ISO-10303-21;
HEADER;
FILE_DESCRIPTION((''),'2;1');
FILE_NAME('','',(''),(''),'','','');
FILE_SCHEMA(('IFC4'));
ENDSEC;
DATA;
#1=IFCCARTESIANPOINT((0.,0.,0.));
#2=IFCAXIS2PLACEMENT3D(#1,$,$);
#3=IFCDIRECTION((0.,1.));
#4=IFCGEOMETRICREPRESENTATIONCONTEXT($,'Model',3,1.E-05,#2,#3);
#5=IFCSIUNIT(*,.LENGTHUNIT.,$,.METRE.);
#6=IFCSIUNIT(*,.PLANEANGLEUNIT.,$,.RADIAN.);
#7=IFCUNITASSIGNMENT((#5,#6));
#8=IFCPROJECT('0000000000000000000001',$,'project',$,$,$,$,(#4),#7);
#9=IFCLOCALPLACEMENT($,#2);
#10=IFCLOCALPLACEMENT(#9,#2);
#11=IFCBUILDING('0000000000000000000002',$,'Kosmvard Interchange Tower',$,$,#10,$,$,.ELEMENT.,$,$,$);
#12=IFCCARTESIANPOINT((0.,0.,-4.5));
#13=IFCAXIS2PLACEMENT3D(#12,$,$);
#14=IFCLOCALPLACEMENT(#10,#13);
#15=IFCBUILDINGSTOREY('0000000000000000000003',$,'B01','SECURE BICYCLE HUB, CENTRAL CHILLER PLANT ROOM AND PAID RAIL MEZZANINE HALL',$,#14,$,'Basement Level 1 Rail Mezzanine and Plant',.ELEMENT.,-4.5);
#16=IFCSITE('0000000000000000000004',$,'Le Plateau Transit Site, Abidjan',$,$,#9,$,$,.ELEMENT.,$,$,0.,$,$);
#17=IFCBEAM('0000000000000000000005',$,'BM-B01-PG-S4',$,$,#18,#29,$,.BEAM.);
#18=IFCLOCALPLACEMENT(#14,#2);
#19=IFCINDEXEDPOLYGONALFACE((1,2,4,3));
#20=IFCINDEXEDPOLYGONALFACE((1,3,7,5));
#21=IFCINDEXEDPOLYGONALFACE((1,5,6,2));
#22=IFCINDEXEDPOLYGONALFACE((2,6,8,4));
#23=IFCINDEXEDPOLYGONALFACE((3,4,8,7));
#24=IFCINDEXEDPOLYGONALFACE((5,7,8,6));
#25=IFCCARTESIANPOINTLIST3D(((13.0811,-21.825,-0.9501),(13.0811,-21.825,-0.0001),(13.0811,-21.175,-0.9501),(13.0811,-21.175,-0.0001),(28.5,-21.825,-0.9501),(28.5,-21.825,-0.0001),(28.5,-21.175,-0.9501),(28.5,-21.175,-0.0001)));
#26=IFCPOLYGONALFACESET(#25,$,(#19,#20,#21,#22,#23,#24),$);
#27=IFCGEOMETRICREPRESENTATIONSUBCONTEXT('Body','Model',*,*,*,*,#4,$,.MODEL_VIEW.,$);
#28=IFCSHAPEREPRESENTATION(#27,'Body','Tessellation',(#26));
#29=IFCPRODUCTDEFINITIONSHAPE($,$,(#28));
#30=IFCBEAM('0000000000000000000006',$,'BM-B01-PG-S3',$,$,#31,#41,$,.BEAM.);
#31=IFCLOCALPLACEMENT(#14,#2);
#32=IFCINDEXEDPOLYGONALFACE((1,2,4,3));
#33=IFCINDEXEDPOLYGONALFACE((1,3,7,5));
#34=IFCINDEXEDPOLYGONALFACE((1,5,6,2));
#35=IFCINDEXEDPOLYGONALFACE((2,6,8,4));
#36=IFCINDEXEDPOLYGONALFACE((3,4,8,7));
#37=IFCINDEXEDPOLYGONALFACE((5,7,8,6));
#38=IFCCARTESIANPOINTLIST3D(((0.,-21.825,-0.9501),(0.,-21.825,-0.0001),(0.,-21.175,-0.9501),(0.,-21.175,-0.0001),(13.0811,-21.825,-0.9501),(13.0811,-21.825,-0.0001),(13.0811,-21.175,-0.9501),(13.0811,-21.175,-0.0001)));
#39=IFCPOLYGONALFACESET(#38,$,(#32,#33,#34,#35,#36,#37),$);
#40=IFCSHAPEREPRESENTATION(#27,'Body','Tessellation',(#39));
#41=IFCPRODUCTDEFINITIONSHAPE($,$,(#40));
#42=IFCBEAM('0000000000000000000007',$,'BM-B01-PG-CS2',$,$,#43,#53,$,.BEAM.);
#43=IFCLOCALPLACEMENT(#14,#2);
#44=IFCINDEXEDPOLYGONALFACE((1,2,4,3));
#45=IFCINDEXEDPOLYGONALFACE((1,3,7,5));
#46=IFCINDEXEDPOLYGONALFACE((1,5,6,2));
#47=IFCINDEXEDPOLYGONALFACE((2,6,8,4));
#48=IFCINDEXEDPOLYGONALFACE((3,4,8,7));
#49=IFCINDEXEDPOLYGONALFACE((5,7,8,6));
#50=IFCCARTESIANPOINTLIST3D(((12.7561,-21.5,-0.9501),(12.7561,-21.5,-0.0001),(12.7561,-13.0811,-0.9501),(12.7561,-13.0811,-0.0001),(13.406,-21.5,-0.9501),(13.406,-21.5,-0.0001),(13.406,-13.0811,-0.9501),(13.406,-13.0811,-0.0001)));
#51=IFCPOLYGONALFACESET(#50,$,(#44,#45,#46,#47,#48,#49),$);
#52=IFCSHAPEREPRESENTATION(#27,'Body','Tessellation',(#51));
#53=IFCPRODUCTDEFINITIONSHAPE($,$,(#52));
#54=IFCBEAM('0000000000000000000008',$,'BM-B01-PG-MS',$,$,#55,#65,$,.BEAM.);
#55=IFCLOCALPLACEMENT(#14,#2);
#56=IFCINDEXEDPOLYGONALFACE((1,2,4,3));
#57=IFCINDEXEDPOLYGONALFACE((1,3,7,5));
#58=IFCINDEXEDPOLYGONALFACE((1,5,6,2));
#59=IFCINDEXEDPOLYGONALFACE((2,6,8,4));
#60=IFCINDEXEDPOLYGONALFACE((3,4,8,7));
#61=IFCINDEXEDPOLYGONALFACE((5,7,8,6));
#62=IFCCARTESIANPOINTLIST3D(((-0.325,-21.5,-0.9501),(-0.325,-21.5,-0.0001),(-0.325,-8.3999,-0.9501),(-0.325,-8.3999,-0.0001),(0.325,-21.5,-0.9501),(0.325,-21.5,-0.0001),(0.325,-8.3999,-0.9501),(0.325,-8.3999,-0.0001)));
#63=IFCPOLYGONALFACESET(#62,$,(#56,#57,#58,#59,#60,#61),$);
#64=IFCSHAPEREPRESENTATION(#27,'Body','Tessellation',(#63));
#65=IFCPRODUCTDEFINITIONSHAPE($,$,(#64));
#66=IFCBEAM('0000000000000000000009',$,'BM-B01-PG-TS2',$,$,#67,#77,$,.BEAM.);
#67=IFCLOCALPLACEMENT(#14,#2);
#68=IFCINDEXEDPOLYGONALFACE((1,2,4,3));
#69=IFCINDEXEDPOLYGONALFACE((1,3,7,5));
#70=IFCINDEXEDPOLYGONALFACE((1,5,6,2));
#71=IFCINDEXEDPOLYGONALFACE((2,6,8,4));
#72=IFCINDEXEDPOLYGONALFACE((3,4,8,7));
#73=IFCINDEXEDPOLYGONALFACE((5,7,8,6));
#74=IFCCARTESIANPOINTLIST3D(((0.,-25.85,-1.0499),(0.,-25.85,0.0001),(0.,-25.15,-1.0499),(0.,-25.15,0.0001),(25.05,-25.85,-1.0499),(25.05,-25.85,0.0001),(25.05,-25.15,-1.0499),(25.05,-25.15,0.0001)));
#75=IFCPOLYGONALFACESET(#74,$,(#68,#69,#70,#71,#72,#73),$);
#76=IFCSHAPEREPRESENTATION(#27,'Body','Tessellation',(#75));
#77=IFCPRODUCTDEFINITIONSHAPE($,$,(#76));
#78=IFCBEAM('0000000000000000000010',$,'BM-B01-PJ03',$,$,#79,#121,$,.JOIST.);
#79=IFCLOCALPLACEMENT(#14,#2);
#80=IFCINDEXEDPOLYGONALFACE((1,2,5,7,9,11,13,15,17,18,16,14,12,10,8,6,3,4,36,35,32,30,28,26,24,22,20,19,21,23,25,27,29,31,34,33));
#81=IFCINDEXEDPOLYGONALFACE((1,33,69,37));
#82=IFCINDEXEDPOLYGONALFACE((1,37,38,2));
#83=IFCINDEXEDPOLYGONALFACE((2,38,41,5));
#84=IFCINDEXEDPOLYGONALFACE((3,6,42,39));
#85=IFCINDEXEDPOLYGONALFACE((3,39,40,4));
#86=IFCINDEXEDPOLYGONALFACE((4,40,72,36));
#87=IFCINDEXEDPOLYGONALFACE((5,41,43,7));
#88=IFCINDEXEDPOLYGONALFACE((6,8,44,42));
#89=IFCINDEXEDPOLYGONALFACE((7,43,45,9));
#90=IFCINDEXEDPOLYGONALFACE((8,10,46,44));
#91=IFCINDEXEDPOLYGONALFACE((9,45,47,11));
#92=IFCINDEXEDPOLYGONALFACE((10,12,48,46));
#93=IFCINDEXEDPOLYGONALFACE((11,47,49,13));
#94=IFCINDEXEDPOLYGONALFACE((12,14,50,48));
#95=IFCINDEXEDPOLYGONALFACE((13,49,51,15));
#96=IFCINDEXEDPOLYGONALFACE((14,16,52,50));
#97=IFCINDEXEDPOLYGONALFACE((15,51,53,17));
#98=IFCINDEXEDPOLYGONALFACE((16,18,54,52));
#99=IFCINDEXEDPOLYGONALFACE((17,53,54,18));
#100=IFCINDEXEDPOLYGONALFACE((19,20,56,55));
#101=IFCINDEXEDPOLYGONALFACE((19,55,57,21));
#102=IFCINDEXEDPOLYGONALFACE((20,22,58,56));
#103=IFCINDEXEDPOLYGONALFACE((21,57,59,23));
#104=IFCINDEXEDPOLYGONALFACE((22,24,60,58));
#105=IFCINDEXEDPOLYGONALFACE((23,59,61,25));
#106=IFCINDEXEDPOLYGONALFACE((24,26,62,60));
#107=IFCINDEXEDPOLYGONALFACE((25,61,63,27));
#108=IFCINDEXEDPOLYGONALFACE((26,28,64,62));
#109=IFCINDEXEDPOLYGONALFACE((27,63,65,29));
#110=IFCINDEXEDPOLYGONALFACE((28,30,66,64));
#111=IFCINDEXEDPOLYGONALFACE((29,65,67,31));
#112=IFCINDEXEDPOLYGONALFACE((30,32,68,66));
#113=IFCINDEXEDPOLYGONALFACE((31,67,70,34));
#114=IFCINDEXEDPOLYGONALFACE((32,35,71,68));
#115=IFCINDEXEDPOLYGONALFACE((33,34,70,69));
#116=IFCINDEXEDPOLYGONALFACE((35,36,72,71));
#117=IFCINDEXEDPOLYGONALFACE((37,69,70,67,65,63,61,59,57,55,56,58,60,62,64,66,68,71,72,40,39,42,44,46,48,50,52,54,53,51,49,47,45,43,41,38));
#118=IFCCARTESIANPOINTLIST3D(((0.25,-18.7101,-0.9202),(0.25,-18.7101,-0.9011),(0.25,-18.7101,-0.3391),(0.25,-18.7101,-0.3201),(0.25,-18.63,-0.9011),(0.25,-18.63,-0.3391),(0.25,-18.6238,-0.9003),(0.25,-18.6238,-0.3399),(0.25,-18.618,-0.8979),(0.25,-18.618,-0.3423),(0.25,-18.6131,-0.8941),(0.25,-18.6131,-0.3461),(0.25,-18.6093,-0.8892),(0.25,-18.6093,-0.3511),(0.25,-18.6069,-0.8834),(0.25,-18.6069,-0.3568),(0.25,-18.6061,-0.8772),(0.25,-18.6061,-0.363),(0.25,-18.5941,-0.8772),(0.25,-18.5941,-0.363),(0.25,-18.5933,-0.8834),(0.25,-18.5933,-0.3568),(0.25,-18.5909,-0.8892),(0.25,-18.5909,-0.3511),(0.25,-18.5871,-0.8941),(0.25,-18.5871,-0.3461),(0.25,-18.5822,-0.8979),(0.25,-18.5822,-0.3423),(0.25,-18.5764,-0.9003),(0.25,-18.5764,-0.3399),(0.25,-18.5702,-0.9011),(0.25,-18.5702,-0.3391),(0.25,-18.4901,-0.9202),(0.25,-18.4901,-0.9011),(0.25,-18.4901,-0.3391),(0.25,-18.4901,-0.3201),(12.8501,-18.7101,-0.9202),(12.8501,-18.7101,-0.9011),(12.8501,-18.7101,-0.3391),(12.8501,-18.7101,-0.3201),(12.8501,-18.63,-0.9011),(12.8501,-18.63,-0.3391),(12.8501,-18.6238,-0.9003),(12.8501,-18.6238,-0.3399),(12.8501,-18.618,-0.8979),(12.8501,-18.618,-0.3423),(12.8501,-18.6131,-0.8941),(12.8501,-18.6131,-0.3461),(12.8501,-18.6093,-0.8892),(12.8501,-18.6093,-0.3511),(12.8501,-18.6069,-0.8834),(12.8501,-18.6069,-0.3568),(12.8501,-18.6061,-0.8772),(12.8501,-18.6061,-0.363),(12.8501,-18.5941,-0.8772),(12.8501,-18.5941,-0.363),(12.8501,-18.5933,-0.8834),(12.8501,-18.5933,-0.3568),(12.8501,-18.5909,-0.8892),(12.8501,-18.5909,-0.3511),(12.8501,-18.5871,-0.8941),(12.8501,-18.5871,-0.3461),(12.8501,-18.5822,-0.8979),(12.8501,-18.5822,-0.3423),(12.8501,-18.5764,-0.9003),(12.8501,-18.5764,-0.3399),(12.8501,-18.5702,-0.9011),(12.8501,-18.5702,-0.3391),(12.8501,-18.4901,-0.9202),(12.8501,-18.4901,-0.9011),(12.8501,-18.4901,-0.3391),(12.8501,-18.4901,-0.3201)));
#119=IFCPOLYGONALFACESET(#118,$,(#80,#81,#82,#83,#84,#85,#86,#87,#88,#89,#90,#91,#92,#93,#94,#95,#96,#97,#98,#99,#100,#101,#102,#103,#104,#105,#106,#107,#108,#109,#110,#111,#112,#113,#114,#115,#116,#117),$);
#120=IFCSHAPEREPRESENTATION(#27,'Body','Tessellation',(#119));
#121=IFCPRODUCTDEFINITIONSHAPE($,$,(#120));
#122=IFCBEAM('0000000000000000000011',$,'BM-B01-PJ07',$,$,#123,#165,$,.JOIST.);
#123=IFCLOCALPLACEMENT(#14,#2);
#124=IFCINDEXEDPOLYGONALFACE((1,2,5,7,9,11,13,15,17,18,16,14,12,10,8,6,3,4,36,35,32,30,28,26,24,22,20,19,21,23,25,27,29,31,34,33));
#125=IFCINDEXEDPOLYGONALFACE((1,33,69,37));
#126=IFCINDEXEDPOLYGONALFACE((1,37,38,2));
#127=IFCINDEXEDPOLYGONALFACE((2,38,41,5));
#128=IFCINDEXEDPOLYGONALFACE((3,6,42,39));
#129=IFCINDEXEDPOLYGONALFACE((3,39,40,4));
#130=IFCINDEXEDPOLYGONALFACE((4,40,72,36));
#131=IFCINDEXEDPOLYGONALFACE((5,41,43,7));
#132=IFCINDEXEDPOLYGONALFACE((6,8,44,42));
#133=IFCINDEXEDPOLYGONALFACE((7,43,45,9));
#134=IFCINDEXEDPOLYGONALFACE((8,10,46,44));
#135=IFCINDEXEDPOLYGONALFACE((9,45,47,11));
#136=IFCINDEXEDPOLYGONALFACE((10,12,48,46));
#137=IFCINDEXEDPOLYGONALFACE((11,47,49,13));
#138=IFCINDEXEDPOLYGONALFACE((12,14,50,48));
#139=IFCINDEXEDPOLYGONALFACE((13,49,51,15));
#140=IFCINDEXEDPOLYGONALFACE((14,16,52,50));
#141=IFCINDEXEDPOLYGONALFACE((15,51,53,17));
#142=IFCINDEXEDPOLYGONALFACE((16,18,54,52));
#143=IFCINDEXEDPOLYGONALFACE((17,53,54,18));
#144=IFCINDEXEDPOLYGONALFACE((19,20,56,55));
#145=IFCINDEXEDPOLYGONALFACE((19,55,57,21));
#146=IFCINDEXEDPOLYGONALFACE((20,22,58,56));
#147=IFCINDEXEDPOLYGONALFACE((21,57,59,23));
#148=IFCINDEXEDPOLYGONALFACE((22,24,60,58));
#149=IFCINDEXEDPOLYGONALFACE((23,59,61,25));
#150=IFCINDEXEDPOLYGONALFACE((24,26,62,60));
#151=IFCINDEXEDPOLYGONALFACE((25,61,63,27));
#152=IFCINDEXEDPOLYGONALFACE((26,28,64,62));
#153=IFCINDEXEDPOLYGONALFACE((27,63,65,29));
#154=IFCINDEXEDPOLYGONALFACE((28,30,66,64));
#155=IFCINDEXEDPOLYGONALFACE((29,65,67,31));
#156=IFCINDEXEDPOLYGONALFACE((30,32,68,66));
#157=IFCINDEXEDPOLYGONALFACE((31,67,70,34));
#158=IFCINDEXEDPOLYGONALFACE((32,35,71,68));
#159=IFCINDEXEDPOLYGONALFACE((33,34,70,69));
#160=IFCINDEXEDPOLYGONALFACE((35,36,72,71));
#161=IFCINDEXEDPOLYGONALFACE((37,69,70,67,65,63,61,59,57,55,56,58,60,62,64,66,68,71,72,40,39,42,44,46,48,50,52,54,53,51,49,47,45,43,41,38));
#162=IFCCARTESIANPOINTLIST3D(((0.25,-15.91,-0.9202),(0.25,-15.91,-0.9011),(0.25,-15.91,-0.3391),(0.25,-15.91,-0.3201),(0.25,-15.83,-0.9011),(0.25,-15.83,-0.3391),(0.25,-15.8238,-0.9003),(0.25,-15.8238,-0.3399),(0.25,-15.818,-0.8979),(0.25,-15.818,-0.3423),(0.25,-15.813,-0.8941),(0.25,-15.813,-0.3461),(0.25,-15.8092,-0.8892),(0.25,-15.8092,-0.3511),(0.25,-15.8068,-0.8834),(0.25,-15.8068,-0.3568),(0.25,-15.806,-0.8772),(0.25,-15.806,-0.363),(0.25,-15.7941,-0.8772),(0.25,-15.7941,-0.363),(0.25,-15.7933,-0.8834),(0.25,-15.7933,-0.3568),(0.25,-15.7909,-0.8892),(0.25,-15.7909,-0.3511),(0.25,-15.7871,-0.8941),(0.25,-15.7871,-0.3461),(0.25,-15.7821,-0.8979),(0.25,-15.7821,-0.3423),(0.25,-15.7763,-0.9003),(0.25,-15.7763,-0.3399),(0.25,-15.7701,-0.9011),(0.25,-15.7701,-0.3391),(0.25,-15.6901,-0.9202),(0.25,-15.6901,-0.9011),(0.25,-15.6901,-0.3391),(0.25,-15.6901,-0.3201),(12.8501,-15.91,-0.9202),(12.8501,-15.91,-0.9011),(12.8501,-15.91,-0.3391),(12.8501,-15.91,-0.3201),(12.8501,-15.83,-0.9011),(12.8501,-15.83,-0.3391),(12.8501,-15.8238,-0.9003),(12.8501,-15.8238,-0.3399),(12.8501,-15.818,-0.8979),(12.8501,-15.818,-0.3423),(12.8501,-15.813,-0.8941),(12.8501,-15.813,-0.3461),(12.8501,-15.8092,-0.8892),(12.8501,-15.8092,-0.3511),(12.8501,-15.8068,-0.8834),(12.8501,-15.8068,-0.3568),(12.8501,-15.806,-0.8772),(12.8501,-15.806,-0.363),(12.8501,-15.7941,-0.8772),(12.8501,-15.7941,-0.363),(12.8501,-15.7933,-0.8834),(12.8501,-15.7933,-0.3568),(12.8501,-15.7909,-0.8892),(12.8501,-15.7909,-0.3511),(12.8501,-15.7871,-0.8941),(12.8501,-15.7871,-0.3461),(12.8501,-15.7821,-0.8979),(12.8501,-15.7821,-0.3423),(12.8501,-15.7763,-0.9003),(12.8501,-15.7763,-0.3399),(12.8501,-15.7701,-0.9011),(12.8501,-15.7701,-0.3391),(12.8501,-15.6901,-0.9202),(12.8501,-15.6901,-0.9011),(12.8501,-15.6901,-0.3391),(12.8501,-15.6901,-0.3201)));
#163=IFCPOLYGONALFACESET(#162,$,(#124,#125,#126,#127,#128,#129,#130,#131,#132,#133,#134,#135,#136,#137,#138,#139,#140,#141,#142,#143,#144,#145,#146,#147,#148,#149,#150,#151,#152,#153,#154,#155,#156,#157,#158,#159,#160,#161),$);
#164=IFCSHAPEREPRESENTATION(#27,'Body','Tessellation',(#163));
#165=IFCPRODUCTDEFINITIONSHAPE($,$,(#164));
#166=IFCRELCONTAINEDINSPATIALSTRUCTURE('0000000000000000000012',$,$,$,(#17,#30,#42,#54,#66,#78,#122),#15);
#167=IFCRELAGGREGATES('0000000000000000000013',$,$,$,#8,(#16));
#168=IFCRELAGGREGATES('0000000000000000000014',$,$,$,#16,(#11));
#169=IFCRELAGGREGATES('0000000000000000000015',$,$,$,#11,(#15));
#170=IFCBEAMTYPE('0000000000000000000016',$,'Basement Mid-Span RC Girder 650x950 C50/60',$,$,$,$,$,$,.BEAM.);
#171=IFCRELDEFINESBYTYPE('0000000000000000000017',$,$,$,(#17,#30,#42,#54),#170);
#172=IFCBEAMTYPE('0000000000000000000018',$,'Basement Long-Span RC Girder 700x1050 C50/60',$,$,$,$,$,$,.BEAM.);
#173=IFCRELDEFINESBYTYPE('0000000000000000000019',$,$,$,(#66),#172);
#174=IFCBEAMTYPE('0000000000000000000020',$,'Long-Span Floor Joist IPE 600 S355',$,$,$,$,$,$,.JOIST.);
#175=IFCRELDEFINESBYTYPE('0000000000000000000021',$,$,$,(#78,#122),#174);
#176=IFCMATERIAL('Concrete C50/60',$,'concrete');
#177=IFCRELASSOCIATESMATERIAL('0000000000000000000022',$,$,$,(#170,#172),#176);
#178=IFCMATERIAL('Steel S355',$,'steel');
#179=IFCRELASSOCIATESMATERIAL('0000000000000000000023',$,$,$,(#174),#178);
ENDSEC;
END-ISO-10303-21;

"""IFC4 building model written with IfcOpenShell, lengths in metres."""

from ifc_helpers import new_model, si_unit, direction, frame, origin, origin_2d, place, context, subcontext, project, spatial, rectangle, i_section, extrude, source, transform, mapped, material, material_profile, profile_set, type_object, element, save


model = new_model("IFC4")

# Units and contexts
model_context = context("Model", 3, precision=1e-05, world=origin(), true_north=direction((0.0, 1.0)))
body_context = subcontext(model_context, "Body", "Model", "MODEL_VIEW")
ifc_project = project(units=[si_unit("LENGTHUNIT", "METRE"), si_unit("PLANEANGLEUNIT", "RADIAN")], contexts=[model_context])

# Site, building, storey
site_placement = place(None, origin())
site = spatial("IfcSite", under=ifc_project, at=site_placement, Name="Le Plateau Transit Site, Abidjan", CompositionType="ELEMENT", RefElevation=0.0)
building_placement = place(site_placement, origin())
building = spatial("IfcBuilding", under=site, at=building_placement, Name="Kosmvard Interchange Tower", CompositionType="ELEMENT")
storey_placement = place(building_placement, frame((0.0, 0.0, -4.5)))
storey = spatial("IfcBuildingStorey", under=building, at=storey_placement, Name="B01", Description="SECURE BICYCLE HUB, CENTRAL CHILLER PLANT ROOM AND PAID RAIL MEZZANINE HALL", LongName="Basement Level 1 Rail Mezzanine and Plant", CompositionType="ELEMENT", Elevation=-4.5)

# Beams
ifc_material_1 = material(Name="Concrete C50/60", Category="concrete")
ifc_material_profile_1 = material_profile(ifc_material_1, rectangle(XDim=0.6499, YDim=0.95, at=origin_2d()), Name="RCG 650x950")
ifc_profile_set_1 = profile_set([ifc_material_profile_1], Name="Concrete C50/60")
beam_type_1 = type_object("IfcBeamType", Name="Basement Mid-Span RC Girder 650x950 C50/60", PredefinedType="BEAM", material=ifc_profile_set_1)
shared_shape_1 = source(origin(), body_context, "Body", "SweptSolid", [
    extrude(rectangle(XDim=0.6499, YDim=0.95, at=origin_2d()), origin(), (0.0, 0.0, 1.0), 15.4189),
])
beam_1_placement = place(storey_placement, frame((13.0811, -21.5, -0.4751), z_axis=(1.0, 0.0, 0.0), x_axis=(0.0, 1.0, 0.0)))
element("IfcBeam", 1, at=beam_1_placement, inside=storey, type_object=beam_type_1, Name="BM-B01-PG-S4", PredefinedType="BEAM", context=body_context, shape_type="MappedRepresentation", body=[
    mapped(shared_shape_1, transform((0.0, 0.0, 0.0), scale=1.0)),
])
shared_shape_2 = source(origin(), body_context, "Body", "SweptSolid", [
    extrude(rectangle(XDim=0.6499, YDim=0.95, at=origin_2d()), origin(), (0.0, 0.0, 1.0), 13.0811),
])
beam_2_placement = place(storey_placement, frame((0.0, -21.5, -0.4751), z_axis=(1.0, 0.0, 0.0), x_axis=(0.0, 1.0, 0.0)))
element("IfcBeam", 2, at=beam_2_placement, inside=storey, type_object=beam_type_1, Name="BM-B01-PG-S3", PredefinedType="BEAM", context=body_context, shape_type="MappedRepresentation", body=[
    mapped(shared_shape_2, transform((0.0, 0.0, 0.0), scale=1.0)),
])
shared_shape_3 = source(origin(), body_context, "Body", "SweptSolid", [
    extrude(rectangle(XDim=0.6499, YDim=0.95, at=origin_2d()), origin(), (0.0, 0.0, 1.0), 8.4189),
])
beam_3_placement = place(storey_placement, frame((13.0811, -21.5, -0.4751), z_axis=(0.0, 1.0, 0.0), x_axis=(-1.0, 0.0, 0.0)))
element("IfcBeam", 3, at=beam_3_placement, inside=storey, type_object=beam_type_1, Name="BM-B01-PG-CS2", PredefinedType="BEAM", context=body_context, shape_type="MappedRepresentation", body=[
    mapped(shared_shape_3, transform((0.0, 0.0, 0.0), scale=1.0)),
])
shared_shape_4 = source(origin(), body_context, "Body", "SweptSolid", [
    extrude(rectangle(XDim=0.6499, YDim=0.95, at=origin_2d()), origin(), (0.0, 0.0, 1.0), 13.1001),
])
beam_4_placement = place(storey_placement, frame((0.0, -21.5, -0.4751), z_axis=(0.0, 1.0, 0.0), x_axis=(-1.0, 0.0, 0.0)))
element("IfcBeam", 4, at=beam_4_placement, inside=storey, type_object=beam_type_1, Name="BM-B01-PG-MS", PredefinedType="BEAM", context=body_context, shape_type="MappedRepresentation", body=[
    mapped(shared_shape_4, transform((0.0, 0.0, 0.0), scale=1.0)),
])
ifc_material_profile_2 = material_profile(ifc_material_1, rectangle(XDim=0.7, YDim=1.05, at=origin_2d()), Name="RCG 700x1050")
ifc_profile_set_2 = profile_set([ifc_material_profile_2], Name="Concrete C50/60")
beam_type_2 = type_object("IfcBeamType", Name="Basement Long-Span RC Girder 700x1050 C50/60", PredefinedType="BEAM", material=ifc_profile_set_2)
shared_shape_5 = source(origin(), body_context, "Body", "SweptSolid", [
    extrude(rectangle(XDim=0.7, YDim=1.05, at=origin_2d()), origin(), (0.0, 0.0, 1.0), 25.05),
])
beam_5_placement = place(storey_placement, frame((0.0, -25.5, -0.5249), z_axis=(1.0, 0.0, 0.0), x_axis=(0.0, 1.0, 0.0)))
element("IfcBeam", 5, at=beam_5_placement, inside=storey, type_object=beam_type_2, Name="BM-B01-PG-TS2", PredefinedType="BEAM", context=body_context, shape_type="MappedRepresentation", body=[
    mapped(shared_shape_5, transform((0.0, 0.0, 0.0), scale=1.0)),
])
ifc_material_2 = material(Name="Steel S355", Category="steel")
ifc_material_profile_3 = material_profile(ifc_material_2, i_section(OverallWidth=0.22, OverallDepth=0.6001, WebThickness=0.012, FlangeThickness=0.019, FilletRadius=0.0239, at=origin_2d()), Name="IPE 600")
ifc_profile_set_3 = profile_set([ifc_material_profile_3], Name="Steel S355")
beam_type_3 = type_object("IfcBeamType", Name="Long-Span Floor Joist IPE 600 S355", PredefinedType="JOIST", material=ifc_profile_set_3)
shared_shape_6 = source(origin(), body_context, "Body", "SweptSolid", [
    extrude(i_section(OverallWidth=0.22, OverallDepth=0.6001, WebThickness=0.012, FlangeThickness=0.019, FilletRadius=0.0239, at=origin_2d()), origin(), (0.0, 0.0, 1.0), 12.6001),
])
for number, where, z_axis, x_axis, name in (
    (6, (0.25, -18.6001, -0.6201), (1.0, 0.0, 0.0), (0.0, 1.0, 0.0), "BM-B01-PJ03"),
    (7, (0.25, -15.8, -0.6201), (1.0, 0.0, 0.0), (0.0, 1.0, 0.0), "BM-B01-PJ07"),
):
    element("IfcBeam", number, at=place(storey_placement, frame(where, z_axis=z_axis, x_axis=x_axis)), inside=storey, type_object=beam_type_3, Name=name, PredefinedType="JOIST", context=body_context, shape_type="MappedRepresentation", body=[
        mapped(shared_shape_6, transform((0.0, 0.0, 0.0), scale=1.0)),
    ])

save(model, "model.ifc")
